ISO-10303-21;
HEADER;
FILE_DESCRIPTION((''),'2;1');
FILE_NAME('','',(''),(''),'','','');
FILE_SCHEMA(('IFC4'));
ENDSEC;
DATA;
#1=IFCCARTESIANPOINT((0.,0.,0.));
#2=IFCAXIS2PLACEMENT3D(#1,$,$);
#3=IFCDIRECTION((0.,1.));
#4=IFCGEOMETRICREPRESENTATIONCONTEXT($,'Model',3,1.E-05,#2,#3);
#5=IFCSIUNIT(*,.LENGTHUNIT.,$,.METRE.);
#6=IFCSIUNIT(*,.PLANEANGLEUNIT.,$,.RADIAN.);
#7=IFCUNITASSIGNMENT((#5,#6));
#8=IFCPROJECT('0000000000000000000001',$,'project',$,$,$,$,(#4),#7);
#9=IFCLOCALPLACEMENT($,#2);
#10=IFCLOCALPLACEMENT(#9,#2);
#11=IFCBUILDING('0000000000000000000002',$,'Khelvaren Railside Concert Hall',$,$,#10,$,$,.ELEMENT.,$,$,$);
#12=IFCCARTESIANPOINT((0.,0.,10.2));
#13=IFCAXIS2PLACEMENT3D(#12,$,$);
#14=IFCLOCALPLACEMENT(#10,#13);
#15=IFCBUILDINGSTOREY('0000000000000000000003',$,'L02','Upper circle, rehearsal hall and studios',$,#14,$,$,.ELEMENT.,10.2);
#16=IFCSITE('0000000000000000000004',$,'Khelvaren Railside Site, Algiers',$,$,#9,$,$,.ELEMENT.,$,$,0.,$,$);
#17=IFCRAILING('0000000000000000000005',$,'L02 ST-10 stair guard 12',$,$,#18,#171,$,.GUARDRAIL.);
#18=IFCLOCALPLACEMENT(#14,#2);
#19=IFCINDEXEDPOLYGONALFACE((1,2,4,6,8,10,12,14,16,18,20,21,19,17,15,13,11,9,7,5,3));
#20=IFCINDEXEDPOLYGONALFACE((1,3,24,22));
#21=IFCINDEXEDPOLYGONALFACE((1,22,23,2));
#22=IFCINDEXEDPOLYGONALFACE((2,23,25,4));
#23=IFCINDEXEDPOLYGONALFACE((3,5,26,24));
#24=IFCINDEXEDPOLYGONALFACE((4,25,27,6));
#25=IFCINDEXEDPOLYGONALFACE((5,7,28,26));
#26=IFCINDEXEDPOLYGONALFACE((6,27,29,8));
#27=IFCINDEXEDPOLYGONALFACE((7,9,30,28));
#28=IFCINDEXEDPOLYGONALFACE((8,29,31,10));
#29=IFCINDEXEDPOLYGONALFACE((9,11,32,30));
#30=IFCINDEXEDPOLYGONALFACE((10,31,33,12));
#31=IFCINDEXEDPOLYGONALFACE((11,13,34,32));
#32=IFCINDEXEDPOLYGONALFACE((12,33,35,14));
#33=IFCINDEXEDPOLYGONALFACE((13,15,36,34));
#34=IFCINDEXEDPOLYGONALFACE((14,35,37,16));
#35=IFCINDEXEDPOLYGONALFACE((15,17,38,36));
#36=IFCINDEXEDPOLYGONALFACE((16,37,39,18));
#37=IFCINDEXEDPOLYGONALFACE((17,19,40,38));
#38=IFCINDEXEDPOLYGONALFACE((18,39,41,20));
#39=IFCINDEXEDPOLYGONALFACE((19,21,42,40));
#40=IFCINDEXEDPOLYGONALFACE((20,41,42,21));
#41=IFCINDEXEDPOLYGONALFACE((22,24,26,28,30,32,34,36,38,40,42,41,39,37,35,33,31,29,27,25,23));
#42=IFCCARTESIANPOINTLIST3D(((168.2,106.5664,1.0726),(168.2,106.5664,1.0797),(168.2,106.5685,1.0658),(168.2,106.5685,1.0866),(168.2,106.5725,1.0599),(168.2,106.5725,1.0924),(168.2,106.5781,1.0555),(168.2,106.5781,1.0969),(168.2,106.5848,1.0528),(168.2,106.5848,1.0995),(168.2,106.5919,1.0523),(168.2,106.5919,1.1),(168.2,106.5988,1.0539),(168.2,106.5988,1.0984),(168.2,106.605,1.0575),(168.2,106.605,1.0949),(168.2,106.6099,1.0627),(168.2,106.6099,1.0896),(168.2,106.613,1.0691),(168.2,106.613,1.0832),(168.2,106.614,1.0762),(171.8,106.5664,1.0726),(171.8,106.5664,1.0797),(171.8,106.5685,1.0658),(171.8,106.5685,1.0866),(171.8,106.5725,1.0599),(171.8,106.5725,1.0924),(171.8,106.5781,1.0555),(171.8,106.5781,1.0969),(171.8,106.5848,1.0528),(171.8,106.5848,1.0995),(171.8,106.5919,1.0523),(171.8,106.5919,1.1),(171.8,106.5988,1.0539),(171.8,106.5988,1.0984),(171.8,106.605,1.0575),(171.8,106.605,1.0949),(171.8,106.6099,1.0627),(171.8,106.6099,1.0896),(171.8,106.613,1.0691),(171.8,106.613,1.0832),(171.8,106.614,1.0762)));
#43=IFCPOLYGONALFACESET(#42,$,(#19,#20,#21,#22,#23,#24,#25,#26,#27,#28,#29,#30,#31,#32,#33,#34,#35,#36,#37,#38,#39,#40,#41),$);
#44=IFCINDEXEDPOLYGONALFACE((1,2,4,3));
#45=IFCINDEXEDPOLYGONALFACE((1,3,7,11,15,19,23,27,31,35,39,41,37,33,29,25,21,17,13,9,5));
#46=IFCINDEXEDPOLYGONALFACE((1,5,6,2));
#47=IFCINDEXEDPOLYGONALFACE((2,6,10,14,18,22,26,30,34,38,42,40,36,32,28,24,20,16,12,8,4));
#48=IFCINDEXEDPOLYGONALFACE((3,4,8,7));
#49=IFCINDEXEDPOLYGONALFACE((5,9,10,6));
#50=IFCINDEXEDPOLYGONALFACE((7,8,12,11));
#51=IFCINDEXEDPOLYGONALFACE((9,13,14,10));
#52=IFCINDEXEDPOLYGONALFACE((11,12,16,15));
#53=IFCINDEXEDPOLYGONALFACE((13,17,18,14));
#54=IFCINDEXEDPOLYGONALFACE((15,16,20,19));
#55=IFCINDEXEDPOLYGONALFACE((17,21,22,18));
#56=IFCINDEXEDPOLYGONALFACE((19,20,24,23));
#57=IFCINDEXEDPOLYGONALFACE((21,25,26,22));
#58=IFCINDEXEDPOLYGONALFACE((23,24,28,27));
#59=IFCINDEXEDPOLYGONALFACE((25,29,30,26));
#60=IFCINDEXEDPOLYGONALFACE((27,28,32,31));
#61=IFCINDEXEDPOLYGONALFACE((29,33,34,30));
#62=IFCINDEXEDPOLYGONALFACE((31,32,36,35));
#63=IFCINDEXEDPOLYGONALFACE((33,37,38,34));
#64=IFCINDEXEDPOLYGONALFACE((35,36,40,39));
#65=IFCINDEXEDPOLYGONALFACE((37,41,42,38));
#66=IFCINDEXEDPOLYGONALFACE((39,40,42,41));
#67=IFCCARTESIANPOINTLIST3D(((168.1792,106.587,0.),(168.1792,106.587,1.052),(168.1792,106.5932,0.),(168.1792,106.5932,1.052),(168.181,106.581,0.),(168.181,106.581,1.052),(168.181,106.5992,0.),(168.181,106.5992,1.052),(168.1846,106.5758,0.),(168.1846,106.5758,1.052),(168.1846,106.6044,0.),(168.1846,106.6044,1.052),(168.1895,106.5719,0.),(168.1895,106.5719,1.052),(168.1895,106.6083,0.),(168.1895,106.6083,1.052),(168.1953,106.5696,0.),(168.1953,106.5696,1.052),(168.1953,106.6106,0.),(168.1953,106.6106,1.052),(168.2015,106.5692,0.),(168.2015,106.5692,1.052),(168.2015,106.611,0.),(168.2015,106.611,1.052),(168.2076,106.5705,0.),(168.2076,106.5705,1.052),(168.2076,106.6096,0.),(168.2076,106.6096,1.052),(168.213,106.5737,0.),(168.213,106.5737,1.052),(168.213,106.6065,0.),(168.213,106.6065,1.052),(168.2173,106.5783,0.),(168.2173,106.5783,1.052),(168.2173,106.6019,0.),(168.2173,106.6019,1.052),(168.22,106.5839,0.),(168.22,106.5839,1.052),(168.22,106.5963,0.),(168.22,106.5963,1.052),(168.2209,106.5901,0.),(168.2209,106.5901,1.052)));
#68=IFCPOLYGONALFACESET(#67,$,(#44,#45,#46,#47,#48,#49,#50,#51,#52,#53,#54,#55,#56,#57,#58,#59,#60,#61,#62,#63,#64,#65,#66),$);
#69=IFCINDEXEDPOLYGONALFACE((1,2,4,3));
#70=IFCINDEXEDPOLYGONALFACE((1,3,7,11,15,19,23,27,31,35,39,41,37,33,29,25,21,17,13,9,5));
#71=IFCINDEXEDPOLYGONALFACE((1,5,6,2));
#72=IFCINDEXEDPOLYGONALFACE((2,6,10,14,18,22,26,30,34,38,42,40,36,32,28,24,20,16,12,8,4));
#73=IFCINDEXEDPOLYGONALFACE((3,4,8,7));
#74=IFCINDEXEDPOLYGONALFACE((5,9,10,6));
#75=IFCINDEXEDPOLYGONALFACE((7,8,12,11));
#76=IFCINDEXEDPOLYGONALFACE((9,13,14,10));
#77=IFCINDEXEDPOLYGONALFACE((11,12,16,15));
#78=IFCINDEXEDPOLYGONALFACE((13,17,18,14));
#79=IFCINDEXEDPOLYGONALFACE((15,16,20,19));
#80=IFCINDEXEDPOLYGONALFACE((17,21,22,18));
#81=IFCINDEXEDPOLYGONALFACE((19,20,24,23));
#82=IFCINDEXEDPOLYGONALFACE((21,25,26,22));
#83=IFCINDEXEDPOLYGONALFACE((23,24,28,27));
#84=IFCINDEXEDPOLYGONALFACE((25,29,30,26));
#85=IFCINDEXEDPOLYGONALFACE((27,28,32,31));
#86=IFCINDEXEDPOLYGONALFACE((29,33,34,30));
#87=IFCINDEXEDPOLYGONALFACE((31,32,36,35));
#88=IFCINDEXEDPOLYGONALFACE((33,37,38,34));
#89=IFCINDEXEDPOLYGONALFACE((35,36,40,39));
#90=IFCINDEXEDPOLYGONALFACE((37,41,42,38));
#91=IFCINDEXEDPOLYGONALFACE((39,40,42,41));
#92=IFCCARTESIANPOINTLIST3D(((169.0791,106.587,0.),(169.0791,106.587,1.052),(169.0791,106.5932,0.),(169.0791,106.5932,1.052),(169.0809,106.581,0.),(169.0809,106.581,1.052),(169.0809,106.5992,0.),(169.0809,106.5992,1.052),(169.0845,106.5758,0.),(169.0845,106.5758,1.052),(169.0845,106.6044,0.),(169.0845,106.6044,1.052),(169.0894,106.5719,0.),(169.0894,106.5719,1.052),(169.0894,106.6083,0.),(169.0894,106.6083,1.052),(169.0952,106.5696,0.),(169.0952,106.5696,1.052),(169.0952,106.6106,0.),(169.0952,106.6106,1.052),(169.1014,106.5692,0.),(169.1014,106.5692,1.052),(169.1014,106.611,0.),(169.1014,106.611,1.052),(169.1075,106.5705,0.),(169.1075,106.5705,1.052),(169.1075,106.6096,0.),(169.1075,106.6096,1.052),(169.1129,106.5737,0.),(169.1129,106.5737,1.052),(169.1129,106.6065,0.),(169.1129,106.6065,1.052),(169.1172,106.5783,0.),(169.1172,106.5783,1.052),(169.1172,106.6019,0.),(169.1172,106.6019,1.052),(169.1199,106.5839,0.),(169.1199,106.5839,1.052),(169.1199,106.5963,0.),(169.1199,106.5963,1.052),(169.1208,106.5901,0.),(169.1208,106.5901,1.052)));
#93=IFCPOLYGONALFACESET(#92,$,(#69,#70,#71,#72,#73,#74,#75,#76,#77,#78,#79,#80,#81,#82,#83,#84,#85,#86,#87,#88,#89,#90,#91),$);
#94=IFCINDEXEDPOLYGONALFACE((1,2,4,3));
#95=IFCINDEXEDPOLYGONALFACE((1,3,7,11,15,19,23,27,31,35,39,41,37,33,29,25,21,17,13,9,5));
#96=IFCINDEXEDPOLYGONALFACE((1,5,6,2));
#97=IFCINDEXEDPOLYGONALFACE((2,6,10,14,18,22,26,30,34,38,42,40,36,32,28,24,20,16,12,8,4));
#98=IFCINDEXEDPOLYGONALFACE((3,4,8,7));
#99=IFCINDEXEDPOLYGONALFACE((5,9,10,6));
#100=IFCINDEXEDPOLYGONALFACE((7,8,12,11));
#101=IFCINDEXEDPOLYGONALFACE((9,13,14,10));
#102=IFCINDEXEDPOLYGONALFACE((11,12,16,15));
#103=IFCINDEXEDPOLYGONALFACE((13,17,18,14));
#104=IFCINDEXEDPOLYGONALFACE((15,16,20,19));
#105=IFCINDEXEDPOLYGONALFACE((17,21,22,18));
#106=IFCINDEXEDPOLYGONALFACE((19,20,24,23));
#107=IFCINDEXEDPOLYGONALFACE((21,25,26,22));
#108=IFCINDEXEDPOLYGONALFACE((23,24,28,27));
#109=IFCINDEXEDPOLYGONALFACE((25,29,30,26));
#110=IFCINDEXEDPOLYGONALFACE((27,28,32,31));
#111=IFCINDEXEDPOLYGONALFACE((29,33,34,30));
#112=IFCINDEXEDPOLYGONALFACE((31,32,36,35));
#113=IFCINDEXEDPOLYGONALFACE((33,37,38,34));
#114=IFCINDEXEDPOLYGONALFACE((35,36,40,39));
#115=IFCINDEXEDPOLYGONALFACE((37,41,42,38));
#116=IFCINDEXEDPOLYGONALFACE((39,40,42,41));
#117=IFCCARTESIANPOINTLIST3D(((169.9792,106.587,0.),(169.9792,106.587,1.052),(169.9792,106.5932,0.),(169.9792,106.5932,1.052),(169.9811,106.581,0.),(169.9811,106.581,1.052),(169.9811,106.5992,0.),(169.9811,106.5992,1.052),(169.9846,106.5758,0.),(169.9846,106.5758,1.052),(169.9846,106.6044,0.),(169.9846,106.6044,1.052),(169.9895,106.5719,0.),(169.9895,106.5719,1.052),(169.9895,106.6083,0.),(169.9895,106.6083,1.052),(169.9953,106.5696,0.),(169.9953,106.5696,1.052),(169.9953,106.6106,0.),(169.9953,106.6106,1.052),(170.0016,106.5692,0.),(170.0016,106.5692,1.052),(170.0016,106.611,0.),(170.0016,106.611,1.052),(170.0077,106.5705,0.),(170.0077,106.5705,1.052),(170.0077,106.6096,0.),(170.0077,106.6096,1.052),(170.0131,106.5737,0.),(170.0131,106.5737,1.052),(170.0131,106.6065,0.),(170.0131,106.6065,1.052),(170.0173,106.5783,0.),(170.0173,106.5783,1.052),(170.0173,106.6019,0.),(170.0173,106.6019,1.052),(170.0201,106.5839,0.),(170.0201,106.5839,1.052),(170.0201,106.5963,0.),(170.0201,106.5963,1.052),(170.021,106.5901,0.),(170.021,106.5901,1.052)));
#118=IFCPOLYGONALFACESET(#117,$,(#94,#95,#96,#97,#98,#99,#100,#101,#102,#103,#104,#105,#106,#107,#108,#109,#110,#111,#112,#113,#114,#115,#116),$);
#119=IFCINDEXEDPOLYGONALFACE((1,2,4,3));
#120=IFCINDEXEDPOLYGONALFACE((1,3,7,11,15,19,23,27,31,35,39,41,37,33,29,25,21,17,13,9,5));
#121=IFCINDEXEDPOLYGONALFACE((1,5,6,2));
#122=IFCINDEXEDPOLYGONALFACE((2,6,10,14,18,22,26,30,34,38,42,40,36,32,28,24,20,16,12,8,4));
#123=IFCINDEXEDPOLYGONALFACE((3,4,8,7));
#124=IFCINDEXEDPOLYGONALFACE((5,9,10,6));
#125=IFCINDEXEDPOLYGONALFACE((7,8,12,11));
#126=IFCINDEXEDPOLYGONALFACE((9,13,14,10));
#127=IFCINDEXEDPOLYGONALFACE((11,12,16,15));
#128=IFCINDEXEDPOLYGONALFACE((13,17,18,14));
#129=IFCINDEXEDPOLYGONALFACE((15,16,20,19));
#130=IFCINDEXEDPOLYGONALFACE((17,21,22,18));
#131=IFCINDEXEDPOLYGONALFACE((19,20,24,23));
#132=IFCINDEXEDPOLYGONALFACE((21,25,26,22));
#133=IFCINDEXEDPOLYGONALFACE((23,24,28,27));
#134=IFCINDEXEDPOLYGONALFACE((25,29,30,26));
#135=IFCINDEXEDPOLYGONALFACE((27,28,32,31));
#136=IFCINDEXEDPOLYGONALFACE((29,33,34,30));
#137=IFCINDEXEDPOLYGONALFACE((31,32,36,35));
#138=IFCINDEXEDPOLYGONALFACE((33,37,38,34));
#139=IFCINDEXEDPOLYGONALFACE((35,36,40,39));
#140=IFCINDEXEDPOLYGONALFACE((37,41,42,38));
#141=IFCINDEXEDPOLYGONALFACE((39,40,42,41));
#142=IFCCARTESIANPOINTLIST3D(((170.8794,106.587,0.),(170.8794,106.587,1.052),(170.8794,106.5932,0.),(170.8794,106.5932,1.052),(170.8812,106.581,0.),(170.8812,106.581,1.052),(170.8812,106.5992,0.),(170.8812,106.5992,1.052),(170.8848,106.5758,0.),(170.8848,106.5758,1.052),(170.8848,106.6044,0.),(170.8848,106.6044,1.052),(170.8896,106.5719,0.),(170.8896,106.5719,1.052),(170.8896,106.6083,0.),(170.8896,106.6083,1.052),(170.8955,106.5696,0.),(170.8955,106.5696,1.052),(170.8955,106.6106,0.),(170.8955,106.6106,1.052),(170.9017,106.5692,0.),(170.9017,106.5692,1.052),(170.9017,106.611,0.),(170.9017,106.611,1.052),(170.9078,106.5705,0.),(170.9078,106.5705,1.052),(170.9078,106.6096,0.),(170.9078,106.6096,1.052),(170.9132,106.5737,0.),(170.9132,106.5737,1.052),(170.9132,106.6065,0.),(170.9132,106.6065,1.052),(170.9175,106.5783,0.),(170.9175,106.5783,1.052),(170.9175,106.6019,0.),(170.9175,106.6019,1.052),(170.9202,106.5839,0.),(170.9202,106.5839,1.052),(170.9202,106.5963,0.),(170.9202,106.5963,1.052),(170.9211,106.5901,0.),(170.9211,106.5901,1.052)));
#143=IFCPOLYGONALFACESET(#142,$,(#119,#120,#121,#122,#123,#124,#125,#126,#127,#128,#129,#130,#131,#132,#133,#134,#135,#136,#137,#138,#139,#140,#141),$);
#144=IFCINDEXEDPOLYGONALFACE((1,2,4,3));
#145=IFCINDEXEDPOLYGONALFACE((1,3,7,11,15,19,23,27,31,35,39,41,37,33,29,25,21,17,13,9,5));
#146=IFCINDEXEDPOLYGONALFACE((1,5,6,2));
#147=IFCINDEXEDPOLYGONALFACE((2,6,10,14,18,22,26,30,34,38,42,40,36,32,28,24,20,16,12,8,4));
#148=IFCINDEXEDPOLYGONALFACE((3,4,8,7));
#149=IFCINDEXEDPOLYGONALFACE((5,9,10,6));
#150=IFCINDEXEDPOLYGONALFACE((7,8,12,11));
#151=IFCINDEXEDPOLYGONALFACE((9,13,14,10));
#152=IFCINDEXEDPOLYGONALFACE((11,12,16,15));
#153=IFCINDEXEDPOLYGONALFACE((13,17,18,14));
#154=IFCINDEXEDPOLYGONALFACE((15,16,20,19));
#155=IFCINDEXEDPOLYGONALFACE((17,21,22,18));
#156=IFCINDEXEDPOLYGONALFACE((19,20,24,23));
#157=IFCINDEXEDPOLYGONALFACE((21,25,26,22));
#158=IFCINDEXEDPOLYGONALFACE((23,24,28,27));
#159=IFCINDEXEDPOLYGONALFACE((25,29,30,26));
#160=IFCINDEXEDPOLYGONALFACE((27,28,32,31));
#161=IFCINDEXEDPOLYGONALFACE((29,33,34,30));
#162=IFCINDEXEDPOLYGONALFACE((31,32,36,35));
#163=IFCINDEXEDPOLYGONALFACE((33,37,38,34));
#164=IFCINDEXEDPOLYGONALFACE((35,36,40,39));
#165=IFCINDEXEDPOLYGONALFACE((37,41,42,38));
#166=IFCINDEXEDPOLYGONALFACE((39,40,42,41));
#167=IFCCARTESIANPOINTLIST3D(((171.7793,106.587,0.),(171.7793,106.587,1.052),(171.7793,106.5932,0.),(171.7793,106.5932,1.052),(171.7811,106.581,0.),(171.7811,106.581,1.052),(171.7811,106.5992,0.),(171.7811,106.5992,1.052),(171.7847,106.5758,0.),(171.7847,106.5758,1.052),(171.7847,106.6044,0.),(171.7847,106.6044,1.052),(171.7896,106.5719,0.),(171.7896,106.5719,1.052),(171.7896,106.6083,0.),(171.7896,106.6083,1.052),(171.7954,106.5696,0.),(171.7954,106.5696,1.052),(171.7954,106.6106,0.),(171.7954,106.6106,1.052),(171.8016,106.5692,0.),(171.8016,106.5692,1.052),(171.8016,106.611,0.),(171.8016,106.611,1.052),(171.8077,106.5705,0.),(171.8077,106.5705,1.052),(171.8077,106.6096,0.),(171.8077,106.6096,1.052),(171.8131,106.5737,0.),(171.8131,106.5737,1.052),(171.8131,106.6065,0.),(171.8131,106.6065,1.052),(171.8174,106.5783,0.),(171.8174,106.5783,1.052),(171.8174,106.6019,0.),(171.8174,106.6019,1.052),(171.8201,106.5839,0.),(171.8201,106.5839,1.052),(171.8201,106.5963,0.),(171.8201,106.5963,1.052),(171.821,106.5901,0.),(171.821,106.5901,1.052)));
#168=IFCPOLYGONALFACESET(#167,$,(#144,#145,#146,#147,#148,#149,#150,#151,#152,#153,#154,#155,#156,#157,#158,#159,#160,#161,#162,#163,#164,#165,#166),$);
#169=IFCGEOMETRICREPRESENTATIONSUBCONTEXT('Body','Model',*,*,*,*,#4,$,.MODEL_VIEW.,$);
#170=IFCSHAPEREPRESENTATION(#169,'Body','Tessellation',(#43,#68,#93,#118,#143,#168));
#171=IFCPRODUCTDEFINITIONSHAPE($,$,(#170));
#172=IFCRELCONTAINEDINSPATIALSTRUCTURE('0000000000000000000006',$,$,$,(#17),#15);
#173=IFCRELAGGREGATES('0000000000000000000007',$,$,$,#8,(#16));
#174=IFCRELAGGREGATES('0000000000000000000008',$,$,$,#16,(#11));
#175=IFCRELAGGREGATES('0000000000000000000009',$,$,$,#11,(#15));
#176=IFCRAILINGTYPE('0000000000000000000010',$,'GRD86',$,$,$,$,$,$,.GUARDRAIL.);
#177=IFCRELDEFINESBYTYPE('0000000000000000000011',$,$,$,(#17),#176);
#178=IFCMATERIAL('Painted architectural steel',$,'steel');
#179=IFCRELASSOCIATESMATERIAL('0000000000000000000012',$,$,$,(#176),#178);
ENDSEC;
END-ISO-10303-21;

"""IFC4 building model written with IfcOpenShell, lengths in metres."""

from ifc_helpers import new_model, si_unit, direction, frame, origin, origin_2d, place, context, subcontext, project, spatial, circle, extrude, material, type_object, element, save


model = new_model("IFC4")

# Units and contexts
model_context = context("Model", 3, precision=1e-05, world=origin(), true_north=direction((0.0, 1.0)))
body_context = subcontext(model_context, "Body", "Model", "MODEL_VIEW")
ifc_project = project(units=[si_unit("LENGTHUNIT", "METRE"), si_unit("PLANEANGLEUNIT", "RADIAN")], contexts=[model_context])

# Site, building, storey
site_placement = place(None, origin())
site = spatial("IfcSite", under=ifc_project, at=site_placement, Name="Khelvaren Railside Site, Algiers", CompositionType="ELEMENT", RefElevation=0.0)
building_placement = place(site_placement, origin())
building = spatial("IfcBuilding", under=site, at=building_placement, Name="Khelvaren Railside Concert Hall", CompositionType="ELEMENT")
storey_placement = place(building_placement, frame((0.0, 0.0, 10.2)))
storey = spatial("IfcBuildingStorey", under=building, at=storey_placement, Name="L02", Description="Upper circle, rehearsal hall and studios", CompositionType="ELEMENT", Elevation=10.2)

# Railing
ifc_material_1 = material(Name="Painted architectural steel", Category="steel")
railing_type_1 = type_object("IfcRailingType", Name="GRD86", PredefinedType="GUARDRAIL", material=ifc_material_1)
railing_1_placement = place(storey_placement, frame((168.2, 106.5901, 0.0)))
element("IfcRailing", 1, at=railing_1_placement, inside=storey, type_object=railing_type_1, Name="L02 ST-10 stair guard 12", PredefinedType="GUARDRAIL", context=body_context, shape_type="SweptSolid", body=[
    extrude(circle(Radius=0.0239, at=origin_2d()), frame((0.0, 0.0, 1.0762), z_axis=(1.0, 0.0, 0.0), x_axis=(0.0, 1.0, 0.0)), (0.0, 0.0, 1.0), 3.6001),
    extrude(circle(Radius=0.021, at=origin_2d()), origin(), (0.0, 0.0, 1.0), 1.052),
    extrude(circle(Radius=0.021, at=origin_2d()), frame((0.8999, 0.0, 0.0)), (0.0, 0.0, 1.0), 1.052),
    extrude(circle(Radius=0.021, at=origin_2d()), frame((1.8, 0.0, 0.0)), (0.0, 0.0, 1.0), 1.052),
    extrude(circle(Radius=0.021, at=origin_2d()), frame((2.7002, 0.0, 0.0)), (0.0, 0.0, 1.0), 1.052),
    extrude(circle(Radius=0.021, at=origin_2d()), frame((3.6001, 0.0, 0.0)), (0.0, 0.0, 1.0), 1.052),
])

save(model, "model.ifc")
